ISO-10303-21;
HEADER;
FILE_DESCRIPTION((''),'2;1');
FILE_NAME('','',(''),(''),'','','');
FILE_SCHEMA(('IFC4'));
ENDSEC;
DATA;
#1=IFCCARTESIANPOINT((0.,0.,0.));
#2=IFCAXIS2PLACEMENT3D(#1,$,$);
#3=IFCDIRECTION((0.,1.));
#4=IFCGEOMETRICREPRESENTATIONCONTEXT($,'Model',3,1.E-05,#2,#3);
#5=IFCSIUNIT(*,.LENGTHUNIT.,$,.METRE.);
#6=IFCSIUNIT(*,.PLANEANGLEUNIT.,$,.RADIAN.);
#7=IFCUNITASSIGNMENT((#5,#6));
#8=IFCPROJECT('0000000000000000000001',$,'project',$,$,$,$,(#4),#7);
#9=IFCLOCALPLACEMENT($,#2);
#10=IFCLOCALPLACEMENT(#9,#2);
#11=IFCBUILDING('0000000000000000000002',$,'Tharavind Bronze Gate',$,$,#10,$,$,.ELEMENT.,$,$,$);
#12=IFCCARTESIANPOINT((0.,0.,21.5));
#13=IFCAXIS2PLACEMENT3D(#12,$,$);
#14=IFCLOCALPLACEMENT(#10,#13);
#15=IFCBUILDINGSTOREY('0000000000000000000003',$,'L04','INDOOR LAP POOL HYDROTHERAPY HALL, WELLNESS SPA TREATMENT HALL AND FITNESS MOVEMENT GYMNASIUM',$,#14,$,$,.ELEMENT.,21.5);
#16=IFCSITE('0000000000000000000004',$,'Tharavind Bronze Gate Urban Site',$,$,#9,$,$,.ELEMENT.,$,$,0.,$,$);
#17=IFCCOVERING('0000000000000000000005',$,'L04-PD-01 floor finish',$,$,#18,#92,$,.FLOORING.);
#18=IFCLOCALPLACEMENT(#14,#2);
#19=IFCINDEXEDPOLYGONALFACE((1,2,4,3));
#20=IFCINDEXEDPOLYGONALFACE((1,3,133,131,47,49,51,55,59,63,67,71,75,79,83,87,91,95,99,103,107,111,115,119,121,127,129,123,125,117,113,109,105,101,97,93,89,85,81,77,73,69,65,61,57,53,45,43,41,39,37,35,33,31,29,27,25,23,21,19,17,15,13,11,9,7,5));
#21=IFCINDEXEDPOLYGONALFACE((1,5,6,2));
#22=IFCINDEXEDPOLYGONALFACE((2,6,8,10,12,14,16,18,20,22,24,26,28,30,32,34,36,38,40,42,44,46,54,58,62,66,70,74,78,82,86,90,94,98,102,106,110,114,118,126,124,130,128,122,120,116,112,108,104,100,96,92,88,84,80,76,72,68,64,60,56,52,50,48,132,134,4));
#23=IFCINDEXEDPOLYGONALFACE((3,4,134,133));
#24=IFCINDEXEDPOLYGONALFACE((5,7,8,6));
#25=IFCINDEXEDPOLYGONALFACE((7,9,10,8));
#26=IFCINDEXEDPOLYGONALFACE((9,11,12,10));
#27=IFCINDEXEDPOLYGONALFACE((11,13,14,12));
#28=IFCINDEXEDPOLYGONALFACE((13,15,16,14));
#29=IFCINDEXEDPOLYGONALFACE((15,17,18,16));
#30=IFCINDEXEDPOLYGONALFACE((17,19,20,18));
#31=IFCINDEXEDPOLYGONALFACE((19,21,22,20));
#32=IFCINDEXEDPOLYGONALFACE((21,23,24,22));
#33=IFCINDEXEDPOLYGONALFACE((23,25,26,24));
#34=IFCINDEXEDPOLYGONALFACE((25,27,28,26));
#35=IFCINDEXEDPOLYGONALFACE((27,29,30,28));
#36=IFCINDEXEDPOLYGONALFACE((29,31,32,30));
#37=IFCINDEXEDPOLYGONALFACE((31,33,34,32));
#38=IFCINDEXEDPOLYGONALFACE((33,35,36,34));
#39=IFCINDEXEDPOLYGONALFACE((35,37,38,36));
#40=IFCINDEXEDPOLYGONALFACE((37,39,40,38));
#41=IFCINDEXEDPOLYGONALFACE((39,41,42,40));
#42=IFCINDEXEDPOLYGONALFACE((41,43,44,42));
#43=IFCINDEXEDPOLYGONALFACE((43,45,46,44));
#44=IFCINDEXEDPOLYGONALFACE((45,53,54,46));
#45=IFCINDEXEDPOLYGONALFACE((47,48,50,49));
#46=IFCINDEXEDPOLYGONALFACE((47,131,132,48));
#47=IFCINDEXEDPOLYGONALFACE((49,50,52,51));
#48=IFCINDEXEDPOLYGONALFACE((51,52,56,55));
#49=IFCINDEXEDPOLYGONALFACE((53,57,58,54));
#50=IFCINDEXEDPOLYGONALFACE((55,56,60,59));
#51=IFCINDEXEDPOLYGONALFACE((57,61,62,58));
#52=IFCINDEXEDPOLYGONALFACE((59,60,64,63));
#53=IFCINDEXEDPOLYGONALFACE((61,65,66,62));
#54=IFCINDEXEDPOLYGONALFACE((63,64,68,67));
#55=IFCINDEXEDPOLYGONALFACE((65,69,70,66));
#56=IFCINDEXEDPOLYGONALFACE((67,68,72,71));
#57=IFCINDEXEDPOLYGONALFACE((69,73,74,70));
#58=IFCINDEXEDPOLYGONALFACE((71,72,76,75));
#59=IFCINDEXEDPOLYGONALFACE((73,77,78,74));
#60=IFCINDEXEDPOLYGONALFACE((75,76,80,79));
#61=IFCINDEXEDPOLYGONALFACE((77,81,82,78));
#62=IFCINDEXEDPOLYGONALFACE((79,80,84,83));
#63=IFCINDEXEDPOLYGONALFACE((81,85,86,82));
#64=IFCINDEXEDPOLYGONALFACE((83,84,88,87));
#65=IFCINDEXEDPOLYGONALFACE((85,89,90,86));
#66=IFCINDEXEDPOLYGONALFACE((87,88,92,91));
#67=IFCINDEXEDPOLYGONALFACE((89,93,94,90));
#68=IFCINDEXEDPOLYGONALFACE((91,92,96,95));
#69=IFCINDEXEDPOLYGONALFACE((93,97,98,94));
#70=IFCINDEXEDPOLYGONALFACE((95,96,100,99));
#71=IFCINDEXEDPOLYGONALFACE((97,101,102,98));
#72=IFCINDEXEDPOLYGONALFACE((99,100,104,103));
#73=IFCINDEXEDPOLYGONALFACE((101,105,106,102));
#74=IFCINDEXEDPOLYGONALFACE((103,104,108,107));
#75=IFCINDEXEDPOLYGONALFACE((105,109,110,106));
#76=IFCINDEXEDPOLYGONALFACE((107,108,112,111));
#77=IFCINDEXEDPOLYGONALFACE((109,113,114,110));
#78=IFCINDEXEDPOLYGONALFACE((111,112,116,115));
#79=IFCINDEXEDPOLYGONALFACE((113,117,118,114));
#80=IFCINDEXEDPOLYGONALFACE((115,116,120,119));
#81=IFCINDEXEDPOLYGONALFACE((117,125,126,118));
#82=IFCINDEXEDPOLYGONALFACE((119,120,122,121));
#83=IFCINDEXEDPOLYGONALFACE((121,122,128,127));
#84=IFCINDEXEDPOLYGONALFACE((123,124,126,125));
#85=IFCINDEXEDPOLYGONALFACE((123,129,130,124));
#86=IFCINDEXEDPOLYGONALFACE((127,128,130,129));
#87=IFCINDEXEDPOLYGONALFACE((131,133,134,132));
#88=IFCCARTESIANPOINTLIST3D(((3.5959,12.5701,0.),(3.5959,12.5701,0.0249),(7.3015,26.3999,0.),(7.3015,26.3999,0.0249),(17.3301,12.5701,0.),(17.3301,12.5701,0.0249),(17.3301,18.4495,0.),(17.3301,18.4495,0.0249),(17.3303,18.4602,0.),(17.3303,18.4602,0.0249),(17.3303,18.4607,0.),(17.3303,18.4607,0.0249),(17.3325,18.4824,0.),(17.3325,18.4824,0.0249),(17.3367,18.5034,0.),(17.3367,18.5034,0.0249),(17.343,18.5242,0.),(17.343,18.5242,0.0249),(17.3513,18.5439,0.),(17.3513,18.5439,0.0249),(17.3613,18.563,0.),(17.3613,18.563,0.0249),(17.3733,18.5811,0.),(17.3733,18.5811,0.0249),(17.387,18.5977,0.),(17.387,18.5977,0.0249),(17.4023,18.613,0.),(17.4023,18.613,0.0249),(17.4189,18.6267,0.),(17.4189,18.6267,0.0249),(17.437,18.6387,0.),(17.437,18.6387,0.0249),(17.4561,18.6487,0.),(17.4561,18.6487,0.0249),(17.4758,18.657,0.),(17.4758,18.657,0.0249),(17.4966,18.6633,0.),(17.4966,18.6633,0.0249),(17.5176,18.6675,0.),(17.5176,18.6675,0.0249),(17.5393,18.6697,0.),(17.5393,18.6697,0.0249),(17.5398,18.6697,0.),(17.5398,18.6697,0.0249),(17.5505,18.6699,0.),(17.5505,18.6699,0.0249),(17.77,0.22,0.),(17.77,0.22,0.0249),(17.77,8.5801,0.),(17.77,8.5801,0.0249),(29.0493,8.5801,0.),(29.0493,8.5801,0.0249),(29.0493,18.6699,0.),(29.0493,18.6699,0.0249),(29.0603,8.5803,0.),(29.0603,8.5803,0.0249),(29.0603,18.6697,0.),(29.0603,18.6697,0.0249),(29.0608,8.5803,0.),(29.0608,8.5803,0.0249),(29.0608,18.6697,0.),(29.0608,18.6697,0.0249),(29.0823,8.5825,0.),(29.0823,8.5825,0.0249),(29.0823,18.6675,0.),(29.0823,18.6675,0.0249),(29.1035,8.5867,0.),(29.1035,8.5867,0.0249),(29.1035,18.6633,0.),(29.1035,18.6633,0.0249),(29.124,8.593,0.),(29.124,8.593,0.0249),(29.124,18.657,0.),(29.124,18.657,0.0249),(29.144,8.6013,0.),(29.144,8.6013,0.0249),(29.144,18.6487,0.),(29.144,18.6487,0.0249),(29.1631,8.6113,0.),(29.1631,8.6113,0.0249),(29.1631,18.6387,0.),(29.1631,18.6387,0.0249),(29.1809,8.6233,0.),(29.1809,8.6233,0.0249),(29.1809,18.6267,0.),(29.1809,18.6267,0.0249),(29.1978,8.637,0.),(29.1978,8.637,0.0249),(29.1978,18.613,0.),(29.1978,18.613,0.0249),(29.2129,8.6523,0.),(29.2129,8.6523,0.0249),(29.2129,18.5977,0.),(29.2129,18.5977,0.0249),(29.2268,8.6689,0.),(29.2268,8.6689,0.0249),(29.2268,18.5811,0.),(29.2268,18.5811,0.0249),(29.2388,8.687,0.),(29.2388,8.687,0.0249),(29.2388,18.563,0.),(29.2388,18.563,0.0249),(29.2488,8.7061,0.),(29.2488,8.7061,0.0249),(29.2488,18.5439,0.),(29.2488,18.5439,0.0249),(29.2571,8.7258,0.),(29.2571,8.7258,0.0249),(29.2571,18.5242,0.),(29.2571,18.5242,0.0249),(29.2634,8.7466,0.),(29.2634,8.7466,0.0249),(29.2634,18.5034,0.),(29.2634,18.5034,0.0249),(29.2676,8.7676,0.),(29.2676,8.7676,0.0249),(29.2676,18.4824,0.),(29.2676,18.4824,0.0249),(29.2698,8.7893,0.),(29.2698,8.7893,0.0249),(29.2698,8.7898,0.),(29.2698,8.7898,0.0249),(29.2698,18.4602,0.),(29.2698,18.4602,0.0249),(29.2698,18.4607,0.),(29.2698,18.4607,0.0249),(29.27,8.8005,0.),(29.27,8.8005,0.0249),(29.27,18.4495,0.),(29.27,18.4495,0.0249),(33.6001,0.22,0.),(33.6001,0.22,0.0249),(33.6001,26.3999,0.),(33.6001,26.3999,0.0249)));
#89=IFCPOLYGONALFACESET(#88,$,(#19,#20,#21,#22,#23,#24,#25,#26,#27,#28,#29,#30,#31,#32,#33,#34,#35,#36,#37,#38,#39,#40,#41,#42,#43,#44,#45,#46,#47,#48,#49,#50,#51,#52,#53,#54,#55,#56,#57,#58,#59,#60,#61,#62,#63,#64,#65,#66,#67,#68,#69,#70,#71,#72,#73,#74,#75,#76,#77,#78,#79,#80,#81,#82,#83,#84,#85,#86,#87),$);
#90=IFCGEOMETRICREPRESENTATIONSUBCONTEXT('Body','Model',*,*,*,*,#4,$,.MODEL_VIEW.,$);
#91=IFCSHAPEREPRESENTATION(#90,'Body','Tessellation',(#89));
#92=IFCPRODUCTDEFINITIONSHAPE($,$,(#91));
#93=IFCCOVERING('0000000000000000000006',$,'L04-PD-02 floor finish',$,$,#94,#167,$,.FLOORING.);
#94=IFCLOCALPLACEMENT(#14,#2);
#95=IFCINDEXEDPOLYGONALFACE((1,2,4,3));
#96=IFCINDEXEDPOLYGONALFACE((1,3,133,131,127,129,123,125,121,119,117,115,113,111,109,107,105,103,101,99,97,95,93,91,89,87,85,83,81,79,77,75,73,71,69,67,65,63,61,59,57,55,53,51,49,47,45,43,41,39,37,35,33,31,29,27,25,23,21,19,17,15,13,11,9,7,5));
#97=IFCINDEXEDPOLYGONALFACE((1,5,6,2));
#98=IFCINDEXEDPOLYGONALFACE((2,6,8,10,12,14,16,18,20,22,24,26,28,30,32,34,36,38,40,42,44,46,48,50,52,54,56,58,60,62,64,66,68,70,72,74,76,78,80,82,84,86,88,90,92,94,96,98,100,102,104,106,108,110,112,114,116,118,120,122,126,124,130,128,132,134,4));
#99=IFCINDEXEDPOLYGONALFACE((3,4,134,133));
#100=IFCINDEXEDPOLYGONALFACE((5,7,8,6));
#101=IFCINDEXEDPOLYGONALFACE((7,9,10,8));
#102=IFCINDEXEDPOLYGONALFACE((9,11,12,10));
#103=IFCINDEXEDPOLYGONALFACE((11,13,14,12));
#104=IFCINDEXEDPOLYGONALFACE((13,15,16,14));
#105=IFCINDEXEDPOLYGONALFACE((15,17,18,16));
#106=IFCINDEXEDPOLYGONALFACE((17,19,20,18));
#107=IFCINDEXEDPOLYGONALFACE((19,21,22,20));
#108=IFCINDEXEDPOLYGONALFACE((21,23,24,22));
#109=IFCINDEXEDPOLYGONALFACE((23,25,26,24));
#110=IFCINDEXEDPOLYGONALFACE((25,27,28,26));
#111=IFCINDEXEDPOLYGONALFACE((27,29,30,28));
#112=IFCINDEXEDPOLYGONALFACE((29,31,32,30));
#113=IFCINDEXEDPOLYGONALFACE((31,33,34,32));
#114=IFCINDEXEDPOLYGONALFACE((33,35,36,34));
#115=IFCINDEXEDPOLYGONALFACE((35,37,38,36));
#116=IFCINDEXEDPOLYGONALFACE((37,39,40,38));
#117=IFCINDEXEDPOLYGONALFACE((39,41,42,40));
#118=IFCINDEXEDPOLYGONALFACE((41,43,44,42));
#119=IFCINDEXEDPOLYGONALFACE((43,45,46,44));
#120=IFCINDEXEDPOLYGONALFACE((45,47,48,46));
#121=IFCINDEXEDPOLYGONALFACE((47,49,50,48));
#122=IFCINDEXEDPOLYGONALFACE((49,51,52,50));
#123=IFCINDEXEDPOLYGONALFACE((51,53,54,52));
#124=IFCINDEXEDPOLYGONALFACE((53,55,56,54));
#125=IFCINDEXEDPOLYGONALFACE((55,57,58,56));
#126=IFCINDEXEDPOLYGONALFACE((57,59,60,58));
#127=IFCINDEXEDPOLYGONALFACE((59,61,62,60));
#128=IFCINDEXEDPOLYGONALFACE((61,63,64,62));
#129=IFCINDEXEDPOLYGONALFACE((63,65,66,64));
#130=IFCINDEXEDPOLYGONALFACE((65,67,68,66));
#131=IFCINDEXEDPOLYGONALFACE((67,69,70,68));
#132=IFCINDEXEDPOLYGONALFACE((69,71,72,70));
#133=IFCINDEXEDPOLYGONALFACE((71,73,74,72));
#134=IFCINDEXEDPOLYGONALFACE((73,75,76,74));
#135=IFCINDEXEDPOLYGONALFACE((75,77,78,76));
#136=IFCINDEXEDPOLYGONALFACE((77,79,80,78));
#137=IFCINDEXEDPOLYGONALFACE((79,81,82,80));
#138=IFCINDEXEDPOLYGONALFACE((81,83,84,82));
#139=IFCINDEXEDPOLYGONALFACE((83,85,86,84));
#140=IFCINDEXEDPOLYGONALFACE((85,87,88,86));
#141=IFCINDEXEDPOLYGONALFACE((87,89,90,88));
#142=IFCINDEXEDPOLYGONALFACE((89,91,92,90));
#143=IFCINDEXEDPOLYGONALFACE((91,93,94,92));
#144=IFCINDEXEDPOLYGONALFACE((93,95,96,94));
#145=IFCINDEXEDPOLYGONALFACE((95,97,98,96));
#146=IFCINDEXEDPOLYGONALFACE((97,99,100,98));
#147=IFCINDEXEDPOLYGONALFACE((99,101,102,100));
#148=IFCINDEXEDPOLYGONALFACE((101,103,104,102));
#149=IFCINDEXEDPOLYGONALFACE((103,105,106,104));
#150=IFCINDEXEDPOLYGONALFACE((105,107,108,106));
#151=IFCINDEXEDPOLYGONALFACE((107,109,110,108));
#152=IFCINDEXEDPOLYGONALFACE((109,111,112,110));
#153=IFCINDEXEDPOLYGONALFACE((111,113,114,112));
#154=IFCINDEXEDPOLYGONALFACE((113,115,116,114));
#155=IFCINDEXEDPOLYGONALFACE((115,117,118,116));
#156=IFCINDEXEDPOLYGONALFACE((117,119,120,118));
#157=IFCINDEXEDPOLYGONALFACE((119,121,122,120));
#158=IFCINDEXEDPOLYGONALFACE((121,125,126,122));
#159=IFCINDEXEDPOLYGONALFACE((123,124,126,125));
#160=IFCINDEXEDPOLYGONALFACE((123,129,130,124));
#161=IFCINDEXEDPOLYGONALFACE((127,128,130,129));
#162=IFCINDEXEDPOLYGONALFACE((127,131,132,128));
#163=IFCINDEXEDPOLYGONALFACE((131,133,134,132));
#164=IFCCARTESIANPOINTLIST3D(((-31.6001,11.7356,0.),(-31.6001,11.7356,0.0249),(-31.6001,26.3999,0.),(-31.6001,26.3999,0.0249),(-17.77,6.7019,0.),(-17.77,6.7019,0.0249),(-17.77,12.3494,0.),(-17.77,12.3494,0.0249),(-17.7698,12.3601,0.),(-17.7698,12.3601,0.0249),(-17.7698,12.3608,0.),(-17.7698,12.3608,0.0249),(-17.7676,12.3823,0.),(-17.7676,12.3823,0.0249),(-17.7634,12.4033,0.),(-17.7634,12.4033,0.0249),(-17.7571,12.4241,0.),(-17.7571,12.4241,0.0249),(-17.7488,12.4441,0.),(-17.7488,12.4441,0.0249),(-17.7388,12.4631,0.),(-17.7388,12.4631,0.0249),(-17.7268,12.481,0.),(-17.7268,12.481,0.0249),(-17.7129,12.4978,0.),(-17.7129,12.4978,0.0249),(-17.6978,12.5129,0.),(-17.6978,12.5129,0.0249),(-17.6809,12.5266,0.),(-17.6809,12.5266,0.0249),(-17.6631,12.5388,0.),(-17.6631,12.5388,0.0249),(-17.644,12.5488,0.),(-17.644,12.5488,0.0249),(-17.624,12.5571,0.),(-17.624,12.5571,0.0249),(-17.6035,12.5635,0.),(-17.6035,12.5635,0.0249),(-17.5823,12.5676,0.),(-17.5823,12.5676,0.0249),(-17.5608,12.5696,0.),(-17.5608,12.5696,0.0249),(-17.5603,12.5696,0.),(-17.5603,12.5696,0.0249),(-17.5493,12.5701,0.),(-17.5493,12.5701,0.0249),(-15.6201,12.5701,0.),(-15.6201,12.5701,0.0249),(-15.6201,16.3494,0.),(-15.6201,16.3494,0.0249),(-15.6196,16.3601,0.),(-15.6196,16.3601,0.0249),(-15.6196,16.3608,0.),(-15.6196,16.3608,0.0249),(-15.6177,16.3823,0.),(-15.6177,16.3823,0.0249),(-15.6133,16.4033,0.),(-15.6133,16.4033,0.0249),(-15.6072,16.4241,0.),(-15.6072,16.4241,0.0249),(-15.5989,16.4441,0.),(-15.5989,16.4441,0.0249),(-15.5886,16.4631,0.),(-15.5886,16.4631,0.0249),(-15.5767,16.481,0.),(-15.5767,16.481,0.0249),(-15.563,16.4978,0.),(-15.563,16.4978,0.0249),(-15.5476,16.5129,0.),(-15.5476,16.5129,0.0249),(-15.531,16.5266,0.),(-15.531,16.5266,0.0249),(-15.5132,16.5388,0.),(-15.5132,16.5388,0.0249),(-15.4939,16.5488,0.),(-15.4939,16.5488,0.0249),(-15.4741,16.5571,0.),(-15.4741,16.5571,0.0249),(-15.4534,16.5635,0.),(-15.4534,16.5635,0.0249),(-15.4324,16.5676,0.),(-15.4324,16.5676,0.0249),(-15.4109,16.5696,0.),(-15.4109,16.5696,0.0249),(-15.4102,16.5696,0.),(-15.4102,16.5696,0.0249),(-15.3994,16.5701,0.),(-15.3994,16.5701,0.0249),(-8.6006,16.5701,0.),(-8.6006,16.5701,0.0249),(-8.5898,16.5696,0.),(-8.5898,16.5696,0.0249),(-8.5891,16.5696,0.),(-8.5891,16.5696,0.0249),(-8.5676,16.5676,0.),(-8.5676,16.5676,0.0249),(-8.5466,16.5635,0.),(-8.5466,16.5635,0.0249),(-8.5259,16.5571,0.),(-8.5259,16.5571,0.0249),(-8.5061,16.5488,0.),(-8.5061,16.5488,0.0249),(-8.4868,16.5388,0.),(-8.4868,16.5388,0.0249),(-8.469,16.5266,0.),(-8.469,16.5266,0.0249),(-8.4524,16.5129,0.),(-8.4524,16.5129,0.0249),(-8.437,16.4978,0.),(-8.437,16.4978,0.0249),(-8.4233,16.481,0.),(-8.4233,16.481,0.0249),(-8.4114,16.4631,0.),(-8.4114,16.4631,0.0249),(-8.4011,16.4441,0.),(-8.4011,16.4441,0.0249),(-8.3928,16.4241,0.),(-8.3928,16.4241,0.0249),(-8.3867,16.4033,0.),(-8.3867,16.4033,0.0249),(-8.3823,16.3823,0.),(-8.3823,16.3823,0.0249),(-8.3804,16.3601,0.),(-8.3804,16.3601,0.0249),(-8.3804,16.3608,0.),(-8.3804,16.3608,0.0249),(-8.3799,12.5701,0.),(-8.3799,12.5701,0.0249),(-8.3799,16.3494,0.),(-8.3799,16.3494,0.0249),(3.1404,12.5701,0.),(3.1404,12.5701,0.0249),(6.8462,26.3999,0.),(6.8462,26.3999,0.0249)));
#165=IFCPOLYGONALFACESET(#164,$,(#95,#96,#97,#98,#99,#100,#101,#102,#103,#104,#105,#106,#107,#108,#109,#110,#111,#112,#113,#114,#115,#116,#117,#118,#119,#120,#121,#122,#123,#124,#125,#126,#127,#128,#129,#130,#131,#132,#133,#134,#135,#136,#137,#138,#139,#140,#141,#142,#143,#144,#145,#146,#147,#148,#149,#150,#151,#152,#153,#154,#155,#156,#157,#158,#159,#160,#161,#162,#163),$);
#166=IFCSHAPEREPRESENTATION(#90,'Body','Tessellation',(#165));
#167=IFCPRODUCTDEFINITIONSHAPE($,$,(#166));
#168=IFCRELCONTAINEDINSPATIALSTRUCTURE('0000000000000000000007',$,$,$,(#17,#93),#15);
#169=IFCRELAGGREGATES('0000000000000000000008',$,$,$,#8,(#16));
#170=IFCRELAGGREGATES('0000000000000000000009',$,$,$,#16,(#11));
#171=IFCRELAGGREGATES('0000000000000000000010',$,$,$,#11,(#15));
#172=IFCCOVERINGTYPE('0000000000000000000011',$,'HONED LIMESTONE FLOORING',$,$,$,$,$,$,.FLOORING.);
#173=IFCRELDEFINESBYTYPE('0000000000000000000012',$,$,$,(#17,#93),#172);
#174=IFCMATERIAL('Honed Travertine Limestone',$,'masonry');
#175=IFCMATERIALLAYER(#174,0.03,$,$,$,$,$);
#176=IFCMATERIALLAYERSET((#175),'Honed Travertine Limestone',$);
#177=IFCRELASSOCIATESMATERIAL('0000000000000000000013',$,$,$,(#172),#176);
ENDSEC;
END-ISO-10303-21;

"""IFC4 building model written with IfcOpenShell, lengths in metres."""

from ifc_helpers import new_model, si_unit, direction, frame, origin, place, context, subcontext, project, spatial, polyline, outline, extrude, material, layer, layer_set, type_object, element, save


model = new_model("IFC4")

# Units and contexts
model_context = context("Model", 3, precision=1e-05, world=origin(), true_north=direction((0.0, 1.0)))
body_context = subcontext(model_context, "Body", "Model", "MODEL_VIEW")
ifc_project = project(units=[si_unit("LENGTHUNIT", "METRE"), si_unit("PLANEANGLEUNIT", "RADIAN")], contexts=[model_context])

# Site, building, storey
site_placement = place(None, origin())
site = spatial("IfcSite", under=ifc_project, at=site_placement, Name="Tharavind Bronze Gate Urban Site", CompositionType="ELEMENT", RefElevation=0.0)
building_placement = place(site_placement, origin())
building = spatial("IfcBuilding", under=site, at=building_placement, Name="Tharavind Bronze Gate", CompositionType="ELEMENT")
storey_placement = place(building_placement, frame((0.0, 0.0, 21.5)))
storey = spatial("IfcBuildingStorey", under=building, at=storey_placement, Name="L04", Description="INDOOR LAP POOL HYDROTHERAPY HALL, WELLNESS SPA TREATMENT HALL AND FITNESS MOVEMENT GYMNASIUM", CompositionType="ELEMENT", Elevation=21.5)

# Coverings
ifc_material_1 = material(Name="Honed Travertine Limestone", Category="masonry")
ifc_layer_1 = layer(ifc_material_1, 0.03)
ifc_layer_set_1 = layer_set([ifc_layer_1], Name="Honed Travertine Limestone")
covering_type_1 = type_object("IfcCoveringType", Name="HONED LIMESTONE FLOORING", PredefinedType="FLOORING", material=ifc_layer_set_1)
covering_1_placement = place(storey_placement, origin())
element("IfcCovering", 1, at=covering_1_placement, inside=storey, type_object=covering_type_1, Name="L04-PD-01 floor finish", PredefinedType="FLOORING", context=body_context, shape_type="SweptSolid", body=[
    extrude(outline(polyline([(17.3301, 12.5701), (17.3301, 18.4495), (17.3303, 18.4602), (17.3303, 18.4607), (17.3325, 18.4824), (17.3367, 18.5034), (17.343, 18.5242), (17.3513, 18.5439), (17.3613, 18.563), (17.3733, 18.5811), (17.387, 18.5977), (17.4023, 18.613), (17.4189, 18.6267), (17.437, 18.6387), (17.4561, 18.6487), (17.4758, 18.657), (17.4966, 18.6633), (17.5176, 18.6675), (17.5393, 18.6697), (17.5398, 18.6697), (17.5505, 18.6699), (29.0493, 18.6699), (29.0603, 18.6697), (29.0608, 18.6697), (29.0823, 18.6675), (29.1035, 18.6633), (29.124, 18.657), (29.144, 18.6487), (29.1631, 18.6387), (29.1809, 18.6267), (29.1978, 18.613), (29.2129, 18.5977), (29.2268, 18.5811), (29.2388, 18.563), (29.2488, 18.5439), (29.2571, 18.5242), (29.2634, 18.5034), (29.2676, 18.4824), (29.2698, 18.4607), (29.2698, 18.4602), (29.27, 18.4495), (29.27, 8.8005), (29.2698, 8.7898), (29.2698, 8.7893), (29.2676, 8.7676), (29.2634, 8.7466), (29.2571, 8.7258), (29.2488, 8.7061), (29.2388, 8.687), (29.2268, 8.6689), (29.2129, 8.6523), (29.1978, 8.637), (29.1809, 8.6233), (29.1631, 8.6113), (29.144, 8.6013), (29.124, 8.593), (29.1035, 8.5867), (29.0823, 8.5825), (29.0608, 8.5803), (29.0603, 8.5803), (29.0493, 8.5801), (17.77, 8.5801), (17.77, 0.22), (33.6001, 0.22), (33.6001, 26.3999), (7.3015, 26.3999), (3.5959, 12.5701), (17.3301, 12.5701)])), origin(), (0.0, 0.0, 1.0), 0.0249),
])
covering_2_placement = place(storey_placement, origin())
element("IfcCovering", 2, at=covering_2_placement, inside=storey, type_object=covering_type_1, Name="L04-PD-02 floor finish", PredefinedType="FLOORING", context=body_context, shape_type="SweptSolid", body=[
    extrude(outline(polyline([(-31.6001, 11.7356), (-17.77, 6.7019), (-17.77, 12.3494), (-17.7698, 12.3601), (-17.7698, 12.3608), (-17.7676, 12.3823), (-17.7634, 12.4033), (-17.7571, 12.4241), (-17.7488, 12.4441), (-17.7388, 12.4631), (-17.7268, 12.481), (-17.7129, 12.4978), (-17.6978, 12.5129), (-17.6809, 12.5266), (-17.6631, 12.5388), (-17.644, 12.5488), (-17.624, 12.5571), (-17.6035, 12.5635), (-17.5823, 12.5676), (-17.5608, 12.5696), (-17.5603, 12.5696), (-17.5493, 12.5701), (-15.6201, 12.5701), (-15.6201, 16.3494), (-15.6196, 16.3601), (-15.6196, 16.3608), (-15.6177, 16.3823), (-15.6133, 16.4033), (-15.6072, 16.4241), (-15.5989, 16.4441), (-15.5886, 16.4631), (-15.5767, 16.481), (-15.563, 16.4978), (-15.5476, 16.5129), (-15.531, 16.5266), (-15.5132, 16.5388), (-15.4939, 16.5488), (-15.4741, 16.5571), (-15.4534, 16.5635), (-15.4324, 16.5676), (-15.4109, 16.5696), (-15.4102, 16.5696), (-15.3994, 16.5701), (-8.6006, 16.5701), (-8.5898, 16.5696), (-8.5891, 16.5696), (-8.5676, 16.5676), (-8.5466, 16.5635), (-8.5259, 16.5571), (-8.5061, 16.5488), (-8.4868, 16.5388), (-8.469, 16.5266), (-8.4524, 16.5129), (-8.437, 16.4978), (-8.4233, 16.481), (-8.4114, 16.4631), (-8.4011, 16.4441), (-8.3928, 16.4241), (-8.3867, 16.4033), (-8.3823, 16.3823), (-8.3804, 16.3608), (-8.3804, 16.3601), (-8.3799, 16.3494), (-8.3799, 12.5701), (3.1404, 12.5701), (6.8462, 26.3999), (-31.6001, 26.3999), (-31.6001, 11.7356)])), origin(), (0.0, 0.0, 1.0), 0.0249),
])

save(model, "model.ifc")
